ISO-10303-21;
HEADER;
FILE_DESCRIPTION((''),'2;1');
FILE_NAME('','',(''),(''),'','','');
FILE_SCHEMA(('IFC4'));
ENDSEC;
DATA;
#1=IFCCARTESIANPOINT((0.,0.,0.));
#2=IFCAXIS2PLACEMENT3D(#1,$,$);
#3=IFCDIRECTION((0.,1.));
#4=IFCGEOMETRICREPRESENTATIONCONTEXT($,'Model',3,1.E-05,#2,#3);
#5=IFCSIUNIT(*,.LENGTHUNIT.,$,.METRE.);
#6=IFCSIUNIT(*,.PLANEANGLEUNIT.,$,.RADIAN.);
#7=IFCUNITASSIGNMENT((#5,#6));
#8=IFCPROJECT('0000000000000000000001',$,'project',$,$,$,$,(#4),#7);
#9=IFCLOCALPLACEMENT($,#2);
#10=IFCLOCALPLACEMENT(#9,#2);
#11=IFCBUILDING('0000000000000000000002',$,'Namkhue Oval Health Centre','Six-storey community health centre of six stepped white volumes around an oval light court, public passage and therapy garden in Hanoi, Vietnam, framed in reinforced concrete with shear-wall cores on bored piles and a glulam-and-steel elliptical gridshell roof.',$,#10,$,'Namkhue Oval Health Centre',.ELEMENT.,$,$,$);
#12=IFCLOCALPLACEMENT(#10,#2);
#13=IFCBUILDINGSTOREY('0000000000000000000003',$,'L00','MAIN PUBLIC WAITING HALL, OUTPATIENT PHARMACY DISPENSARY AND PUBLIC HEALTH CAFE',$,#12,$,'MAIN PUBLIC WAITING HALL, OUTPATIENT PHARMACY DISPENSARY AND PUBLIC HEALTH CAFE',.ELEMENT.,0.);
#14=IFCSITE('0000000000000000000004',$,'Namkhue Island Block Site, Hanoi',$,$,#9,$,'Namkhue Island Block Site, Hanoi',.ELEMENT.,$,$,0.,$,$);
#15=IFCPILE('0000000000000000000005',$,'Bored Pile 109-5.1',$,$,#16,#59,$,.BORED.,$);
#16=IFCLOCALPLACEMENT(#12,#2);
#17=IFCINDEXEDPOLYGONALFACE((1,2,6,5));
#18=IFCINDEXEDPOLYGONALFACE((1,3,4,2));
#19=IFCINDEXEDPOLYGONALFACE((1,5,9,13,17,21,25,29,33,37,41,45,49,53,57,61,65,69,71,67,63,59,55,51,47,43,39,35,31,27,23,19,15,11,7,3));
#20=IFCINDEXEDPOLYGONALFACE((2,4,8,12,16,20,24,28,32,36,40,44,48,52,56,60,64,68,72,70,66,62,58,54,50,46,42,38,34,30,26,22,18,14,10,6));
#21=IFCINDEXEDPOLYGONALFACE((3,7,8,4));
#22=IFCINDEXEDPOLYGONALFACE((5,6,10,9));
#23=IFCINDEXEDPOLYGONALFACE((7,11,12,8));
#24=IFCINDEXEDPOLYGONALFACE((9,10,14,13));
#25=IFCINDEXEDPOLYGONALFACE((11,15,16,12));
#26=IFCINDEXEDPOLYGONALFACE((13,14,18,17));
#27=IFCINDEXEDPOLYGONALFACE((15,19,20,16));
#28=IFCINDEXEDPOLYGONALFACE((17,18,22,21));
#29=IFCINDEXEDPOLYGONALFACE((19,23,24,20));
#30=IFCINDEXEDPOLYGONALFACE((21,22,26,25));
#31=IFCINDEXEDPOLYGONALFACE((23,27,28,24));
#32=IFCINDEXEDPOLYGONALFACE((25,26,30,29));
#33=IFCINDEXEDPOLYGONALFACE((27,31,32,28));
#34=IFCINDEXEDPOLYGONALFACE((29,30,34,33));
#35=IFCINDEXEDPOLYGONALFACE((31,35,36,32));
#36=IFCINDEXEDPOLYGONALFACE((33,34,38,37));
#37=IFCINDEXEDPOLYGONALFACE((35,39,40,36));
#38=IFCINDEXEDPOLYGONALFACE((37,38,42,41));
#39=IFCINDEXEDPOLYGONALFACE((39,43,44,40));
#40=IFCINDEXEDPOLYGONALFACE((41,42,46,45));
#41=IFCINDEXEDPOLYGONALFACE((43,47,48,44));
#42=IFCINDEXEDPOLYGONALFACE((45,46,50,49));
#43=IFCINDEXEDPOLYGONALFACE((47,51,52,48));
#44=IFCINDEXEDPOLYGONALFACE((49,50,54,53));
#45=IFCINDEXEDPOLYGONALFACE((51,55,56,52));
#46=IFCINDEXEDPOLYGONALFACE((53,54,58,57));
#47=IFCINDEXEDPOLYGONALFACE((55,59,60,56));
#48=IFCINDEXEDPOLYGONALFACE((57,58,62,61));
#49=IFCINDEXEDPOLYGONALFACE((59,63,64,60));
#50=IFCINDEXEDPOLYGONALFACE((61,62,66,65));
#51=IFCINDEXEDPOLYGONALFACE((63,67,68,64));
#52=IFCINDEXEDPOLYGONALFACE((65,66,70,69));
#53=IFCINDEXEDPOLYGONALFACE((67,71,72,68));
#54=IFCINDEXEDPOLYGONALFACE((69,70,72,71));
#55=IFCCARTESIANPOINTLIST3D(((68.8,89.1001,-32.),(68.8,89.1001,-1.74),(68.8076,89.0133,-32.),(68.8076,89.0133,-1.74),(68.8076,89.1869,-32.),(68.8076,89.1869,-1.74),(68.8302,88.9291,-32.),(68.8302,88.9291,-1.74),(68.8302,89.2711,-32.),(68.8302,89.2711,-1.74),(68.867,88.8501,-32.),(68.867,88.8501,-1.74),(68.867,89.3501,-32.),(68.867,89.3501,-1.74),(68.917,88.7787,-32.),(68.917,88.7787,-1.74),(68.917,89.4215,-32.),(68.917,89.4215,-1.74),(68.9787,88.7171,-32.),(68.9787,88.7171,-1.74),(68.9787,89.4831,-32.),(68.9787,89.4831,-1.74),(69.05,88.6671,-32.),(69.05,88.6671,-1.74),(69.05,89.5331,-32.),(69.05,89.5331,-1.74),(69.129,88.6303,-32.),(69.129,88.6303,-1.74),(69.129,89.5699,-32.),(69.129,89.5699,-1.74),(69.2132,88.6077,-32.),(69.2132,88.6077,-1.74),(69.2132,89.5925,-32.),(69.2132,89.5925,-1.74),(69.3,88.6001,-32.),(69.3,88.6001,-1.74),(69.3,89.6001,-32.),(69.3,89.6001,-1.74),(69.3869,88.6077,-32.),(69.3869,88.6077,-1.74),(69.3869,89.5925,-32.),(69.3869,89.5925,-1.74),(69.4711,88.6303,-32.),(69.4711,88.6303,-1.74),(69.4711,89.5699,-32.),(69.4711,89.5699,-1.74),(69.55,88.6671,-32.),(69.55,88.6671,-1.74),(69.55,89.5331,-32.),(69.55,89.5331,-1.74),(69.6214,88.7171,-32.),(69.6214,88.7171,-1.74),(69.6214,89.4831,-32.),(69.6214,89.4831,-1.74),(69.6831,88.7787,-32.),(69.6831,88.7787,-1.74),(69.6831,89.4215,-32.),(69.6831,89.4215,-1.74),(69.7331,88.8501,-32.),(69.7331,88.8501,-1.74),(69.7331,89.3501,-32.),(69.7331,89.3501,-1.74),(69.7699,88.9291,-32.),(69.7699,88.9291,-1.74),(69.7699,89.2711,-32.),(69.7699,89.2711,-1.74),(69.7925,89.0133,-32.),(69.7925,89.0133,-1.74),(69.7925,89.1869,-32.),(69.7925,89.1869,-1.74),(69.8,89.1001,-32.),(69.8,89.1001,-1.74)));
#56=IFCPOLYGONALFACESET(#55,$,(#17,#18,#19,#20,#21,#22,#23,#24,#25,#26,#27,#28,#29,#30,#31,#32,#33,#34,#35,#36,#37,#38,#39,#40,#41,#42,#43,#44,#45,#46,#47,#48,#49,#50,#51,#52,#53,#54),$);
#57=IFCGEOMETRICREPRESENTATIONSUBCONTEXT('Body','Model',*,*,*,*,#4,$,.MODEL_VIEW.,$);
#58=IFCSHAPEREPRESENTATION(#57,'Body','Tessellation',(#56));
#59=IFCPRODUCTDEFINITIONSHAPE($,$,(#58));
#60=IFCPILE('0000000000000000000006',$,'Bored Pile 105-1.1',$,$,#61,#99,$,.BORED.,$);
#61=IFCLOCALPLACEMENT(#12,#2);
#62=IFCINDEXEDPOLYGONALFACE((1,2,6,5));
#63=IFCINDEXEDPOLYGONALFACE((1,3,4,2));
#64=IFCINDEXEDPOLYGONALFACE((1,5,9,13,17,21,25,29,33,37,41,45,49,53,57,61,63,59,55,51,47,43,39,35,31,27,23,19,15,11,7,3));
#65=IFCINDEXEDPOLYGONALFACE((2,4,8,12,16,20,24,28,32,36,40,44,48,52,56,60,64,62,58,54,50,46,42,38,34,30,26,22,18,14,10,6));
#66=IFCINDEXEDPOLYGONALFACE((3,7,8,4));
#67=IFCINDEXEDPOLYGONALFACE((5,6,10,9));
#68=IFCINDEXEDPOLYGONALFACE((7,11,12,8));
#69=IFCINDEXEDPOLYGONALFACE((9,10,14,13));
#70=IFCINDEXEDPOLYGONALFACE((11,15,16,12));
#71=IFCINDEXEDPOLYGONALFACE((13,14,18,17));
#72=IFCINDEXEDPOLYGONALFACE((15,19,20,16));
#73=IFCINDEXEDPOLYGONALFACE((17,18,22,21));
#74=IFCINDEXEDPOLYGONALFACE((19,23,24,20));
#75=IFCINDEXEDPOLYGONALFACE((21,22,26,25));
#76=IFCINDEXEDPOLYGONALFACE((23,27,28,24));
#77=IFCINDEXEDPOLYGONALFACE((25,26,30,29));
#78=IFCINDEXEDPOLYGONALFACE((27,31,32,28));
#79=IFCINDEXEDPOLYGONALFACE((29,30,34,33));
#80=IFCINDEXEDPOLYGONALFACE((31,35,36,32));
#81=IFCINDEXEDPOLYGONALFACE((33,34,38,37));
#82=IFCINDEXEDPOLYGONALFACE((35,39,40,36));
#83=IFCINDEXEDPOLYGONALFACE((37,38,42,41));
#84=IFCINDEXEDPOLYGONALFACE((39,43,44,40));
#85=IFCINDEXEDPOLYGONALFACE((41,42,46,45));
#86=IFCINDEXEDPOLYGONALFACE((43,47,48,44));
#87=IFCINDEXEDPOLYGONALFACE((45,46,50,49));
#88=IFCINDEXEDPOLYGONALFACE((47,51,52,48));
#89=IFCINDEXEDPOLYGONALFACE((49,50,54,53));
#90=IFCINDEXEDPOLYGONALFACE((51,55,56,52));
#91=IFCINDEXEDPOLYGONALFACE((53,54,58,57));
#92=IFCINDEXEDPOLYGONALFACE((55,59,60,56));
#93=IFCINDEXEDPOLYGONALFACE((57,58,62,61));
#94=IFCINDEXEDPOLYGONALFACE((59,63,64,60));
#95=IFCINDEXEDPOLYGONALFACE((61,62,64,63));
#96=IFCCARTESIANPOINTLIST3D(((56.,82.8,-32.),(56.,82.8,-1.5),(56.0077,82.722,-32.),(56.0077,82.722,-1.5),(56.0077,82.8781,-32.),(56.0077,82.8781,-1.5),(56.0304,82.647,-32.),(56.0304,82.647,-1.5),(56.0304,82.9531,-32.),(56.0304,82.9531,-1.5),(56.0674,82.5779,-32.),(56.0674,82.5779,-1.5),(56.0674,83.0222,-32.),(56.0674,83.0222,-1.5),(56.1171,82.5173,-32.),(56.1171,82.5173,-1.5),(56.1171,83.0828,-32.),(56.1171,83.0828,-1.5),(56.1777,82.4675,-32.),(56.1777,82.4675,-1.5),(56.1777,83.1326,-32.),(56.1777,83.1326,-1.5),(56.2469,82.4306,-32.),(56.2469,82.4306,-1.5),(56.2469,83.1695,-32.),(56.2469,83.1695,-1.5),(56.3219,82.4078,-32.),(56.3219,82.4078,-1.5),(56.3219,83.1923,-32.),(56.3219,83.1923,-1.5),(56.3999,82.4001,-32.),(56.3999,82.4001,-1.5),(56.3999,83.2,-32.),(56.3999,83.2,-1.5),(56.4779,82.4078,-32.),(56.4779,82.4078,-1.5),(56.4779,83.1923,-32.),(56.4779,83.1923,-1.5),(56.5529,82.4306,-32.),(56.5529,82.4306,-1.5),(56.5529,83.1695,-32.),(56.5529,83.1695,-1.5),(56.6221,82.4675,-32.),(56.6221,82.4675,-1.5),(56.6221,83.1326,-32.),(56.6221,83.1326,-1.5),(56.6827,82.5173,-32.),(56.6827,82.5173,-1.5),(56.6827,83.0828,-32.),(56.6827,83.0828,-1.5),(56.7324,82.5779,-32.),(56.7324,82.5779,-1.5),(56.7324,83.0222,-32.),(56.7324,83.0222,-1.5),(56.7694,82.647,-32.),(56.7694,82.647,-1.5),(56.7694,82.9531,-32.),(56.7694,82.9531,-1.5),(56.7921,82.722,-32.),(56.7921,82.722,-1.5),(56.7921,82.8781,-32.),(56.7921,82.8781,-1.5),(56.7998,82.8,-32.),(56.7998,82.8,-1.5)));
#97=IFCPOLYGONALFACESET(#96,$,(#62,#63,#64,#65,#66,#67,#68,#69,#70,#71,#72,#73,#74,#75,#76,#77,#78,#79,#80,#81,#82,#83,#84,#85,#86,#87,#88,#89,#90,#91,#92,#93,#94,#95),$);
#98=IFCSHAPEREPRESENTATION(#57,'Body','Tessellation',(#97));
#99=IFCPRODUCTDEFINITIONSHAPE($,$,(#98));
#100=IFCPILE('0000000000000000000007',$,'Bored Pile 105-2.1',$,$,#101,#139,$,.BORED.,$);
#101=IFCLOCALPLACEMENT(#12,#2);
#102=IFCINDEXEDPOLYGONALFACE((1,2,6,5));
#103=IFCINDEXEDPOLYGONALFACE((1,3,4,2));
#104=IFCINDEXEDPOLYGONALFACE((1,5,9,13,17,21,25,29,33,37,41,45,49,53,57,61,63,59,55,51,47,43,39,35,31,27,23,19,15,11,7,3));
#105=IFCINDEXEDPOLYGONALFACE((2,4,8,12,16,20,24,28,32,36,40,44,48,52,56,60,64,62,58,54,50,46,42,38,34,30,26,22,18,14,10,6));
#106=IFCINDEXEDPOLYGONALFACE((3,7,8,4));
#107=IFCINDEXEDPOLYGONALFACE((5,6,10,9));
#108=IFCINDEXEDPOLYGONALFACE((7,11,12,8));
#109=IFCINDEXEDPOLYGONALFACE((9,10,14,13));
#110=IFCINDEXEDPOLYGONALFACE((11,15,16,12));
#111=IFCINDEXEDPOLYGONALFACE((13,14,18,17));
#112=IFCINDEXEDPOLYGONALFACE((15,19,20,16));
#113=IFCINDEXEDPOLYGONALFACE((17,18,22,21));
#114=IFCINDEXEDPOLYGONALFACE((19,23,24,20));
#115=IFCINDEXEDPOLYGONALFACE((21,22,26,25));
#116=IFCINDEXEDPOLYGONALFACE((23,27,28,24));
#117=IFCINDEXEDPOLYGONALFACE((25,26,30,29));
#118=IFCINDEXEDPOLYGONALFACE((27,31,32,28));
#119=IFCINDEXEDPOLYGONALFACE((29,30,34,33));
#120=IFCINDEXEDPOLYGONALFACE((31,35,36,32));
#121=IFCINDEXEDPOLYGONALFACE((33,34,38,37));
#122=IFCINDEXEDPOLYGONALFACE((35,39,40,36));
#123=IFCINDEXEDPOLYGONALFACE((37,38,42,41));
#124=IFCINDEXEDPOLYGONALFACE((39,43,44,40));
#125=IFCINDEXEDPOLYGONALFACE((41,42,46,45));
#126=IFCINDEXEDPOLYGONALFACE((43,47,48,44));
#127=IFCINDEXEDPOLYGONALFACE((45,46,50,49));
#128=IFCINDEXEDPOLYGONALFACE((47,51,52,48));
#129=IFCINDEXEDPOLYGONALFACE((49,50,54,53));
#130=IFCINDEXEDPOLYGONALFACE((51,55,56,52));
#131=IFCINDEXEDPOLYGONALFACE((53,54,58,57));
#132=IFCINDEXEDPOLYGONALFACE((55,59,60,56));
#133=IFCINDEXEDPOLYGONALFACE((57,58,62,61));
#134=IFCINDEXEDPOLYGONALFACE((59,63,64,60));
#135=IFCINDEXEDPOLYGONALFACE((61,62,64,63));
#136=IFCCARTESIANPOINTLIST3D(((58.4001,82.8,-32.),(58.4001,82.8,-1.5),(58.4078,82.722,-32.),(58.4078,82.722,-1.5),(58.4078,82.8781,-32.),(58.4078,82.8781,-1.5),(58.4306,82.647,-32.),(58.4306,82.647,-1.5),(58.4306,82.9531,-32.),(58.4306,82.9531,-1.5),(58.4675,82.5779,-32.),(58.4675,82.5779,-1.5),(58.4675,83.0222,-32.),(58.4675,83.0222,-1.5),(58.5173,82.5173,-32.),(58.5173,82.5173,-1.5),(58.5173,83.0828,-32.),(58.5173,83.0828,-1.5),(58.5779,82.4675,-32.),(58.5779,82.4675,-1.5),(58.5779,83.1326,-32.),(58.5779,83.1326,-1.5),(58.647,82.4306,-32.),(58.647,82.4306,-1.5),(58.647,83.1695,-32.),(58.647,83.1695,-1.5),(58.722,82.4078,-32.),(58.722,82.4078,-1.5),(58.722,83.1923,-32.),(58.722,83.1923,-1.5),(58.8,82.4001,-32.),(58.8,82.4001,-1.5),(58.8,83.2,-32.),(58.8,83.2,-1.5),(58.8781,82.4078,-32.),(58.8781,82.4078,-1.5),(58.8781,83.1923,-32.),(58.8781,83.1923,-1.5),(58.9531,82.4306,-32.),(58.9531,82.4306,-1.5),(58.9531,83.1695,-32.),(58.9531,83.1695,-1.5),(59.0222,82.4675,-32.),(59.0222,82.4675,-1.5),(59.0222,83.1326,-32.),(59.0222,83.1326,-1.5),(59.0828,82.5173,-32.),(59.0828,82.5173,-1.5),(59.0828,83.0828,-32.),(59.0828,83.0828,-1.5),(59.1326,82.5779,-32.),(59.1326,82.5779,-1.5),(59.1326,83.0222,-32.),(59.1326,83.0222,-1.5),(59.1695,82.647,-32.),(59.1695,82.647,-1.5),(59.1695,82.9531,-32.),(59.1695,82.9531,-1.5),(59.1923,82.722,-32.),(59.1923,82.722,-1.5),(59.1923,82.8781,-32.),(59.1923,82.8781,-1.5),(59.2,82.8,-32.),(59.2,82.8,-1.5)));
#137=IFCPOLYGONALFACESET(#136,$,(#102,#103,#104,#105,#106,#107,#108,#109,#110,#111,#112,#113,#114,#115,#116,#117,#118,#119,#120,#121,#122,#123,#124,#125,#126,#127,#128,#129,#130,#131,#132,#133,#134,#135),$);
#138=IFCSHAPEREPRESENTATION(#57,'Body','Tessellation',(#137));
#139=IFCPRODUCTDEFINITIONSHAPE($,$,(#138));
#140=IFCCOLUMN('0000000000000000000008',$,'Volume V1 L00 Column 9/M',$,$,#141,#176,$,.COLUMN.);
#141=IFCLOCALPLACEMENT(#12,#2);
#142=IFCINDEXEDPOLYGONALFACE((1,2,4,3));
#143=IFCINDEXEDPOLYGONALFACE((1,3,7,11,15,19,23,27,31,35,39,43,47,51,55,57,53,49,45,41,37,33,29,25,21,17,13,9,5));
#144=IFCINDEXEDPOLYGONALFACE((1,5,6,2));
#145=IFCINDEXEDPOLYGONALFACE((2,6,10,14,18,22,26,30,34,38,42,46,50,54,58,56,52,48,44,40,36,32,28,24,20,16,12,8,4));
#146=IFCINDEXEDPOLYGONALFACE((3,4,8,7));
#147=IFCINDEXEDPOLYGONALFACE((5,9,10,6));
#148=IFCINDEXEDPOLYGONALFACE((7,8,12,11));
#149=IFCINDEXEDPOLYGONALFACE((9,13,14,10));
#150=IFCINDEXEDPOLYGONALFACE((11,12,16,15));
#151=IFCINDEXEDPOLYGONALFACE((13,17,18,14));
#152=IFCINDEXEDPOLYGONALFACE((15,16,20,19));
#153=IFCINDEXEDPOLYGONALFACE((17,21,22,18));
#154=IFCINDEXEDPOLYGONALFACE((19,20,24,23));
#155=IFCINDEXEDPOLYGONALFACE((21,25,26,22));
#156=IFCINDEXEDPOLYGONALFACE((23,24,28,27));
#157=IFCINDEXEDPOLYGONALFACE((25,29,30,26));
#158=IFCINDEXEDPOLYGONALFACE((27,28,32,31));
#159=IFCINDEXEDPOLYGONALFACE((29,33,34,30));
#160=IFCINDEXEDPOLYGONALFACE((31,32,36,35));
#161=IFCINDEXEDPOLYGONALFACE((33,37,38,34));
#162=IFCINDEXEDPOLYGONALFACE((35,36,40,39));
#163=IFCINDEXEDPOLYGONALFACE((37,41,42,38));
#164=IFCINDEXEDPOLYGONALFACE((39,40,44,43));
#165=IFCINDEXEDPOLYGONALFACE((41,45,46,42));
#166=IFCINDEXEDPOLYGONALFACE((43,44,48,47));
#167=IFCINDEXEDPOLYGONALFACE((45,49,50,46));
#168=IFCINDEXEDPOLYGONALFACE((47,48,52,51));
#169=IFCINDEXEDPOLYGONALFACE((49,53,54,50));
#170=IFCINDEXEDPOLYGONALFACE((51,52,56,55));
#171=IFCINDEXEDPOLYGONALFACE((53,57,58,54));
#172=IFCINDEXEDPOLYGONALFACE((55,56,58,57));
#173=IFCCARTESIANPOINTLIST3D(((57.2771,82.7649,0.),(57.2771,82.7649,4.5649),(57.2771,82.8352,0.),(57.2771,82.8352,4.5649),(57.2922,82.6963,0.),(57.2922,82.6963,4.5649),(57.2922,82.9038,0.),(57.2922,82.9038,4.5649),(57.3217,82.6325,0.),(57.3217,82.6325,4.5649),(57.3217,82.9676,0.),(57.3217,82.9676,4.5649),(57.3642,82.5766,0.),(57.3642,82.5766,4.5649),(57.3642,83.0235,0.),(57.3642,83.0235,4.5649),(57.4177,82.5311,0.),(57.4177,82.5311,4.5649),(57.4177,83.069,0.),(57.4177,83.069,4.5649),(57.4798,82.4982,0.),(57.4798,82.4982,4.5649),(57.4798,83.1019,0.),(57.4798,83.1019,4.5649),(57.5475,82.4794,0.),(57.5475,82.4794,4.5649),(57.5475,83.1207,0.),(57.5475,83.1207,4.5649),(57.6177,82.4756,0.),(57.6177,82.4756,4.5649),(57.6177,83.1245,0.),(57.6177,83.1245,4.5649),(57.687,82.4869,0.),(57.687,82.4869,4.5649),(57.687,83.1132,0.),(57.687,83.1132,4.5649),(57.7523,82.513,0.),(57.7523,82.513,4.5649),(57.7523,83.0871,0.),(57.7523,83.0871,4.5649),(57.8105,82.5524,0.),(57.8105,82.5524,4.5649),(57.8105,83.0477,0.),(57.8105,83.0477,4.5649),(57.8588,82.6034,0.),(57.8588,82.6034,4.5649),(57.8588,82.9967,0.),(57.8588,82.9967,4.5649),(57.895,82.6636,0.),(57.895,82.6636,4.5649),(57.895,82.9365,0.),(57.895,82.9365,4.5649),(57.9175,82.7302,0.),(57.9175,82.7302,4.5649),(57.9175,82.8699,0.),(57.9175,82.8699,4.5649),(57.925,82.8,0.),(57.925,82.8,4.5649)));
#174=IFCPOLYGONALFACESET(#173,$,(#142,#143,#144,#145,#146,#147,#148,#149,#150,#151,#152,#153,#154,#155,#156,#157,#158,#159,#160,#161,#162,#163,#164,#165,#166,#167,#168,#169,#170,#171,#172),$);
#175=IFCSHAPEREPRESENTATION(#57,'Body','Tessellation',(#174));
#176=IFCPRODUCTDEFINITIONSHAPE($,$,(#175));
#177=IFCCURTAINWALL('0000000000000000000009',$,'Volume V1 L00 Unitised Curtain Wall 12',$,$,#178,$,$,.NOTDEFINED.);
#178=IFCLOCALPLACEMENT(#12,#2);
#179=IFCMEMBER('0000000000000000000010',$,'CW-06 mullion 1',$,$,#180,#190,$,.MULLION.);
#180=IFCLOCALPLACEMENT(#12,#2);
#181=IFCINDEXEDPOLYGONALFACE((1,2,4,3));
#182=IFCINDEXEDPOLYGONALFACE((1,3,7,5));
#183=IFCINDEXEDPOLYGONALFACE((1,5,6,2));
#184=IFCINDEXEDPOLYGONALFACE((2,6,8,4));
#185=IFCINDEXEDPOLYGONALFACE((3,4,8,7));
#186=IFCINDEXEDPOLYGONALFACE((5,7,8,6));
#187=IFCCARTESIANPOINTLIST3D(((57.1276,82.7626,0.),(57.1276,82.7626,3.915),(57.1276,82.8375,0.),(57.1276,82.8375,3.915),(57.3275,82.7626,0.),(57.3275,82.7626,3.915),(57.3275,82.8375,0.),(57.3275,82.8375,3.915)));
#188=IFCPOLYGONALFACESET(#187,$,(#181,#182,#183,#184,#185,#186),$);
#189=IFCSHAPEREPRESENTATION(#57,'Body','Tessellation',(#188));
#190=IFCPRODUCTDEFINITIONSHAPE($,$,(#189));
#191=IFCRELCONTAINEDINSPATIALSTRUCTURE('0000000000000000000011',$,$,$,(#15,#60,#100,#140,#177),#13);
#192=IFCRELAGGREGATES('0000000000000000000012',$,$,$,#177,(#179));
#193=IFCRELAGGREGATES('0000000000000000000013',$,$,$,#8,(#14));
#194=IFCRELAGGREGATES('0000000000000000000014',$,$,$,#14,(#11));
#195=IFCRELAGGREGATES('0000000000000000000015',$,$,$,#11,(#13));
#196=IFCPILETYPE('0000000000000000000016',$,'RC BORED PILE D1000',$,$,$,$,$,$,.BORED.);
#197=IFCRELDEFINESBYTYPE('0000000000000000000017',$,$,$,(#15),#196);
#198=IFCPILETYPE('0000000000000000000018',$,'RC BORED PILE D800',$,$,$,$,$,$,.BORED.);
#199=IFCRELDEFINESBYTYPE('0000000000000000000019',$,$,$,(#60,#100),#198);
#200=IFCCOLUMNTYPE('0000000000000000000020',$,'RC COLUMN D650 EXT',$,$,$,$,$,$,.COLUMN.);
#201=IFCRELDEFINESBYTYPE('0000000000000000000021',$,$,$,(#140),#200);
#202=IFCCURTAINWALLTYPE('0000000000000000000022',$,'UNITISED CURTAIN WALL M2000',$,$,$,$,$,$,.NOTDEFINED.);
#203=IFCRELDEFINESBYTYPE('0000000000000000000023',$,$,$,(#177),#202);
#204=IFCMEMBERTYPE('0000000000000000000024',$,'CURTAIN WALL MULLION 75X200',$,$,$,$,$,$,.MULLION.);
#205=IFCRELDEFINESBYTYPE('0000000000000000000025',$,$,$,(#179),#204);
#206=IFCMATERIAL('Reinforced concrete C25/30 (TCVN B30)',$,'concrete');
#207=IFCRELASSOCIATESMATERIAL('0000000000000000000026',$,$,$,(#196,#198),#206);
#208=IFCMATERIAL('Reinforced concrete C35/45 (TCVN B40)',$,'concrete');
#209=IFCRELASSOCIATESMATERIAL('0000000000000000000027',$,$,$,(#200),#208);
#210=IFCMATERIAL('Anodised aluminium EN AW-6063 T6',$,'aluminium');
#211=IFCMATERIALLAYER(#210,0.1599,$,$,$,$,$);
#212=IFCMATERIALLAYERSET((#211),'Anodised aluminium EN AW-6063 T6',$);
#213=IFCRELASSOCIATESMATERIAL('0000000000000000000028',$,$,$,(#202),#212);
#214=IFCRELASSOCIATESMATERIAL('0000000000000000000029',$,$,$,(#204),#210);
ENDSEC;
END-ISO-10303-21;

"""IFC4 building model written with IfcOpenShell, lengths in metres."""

from ifc_helpers import new_model, si_unit, direction, frame, origin, origin_2d, place, context, subcontext, project, spatial, rectangle, circle, extrude, material, layer, layer_set, material_profile, profile_set, type_object, element, aggregate, save


model = new_model("IFC4")

# Units and contexts
model_context = context("Model", 3, precision=1e-05, world=origin(), true_north=direction((0.0, 1.0)))
body_context = subcontext(model_context, "Body", "Model", "MODEL_VIEW")
ifc_project = project(units=[si_unit("LENGTHUNIT", "METRE"), si_unit("PLANEANGLEUNIT", "RADIAN")], contexts=[model_context])

# Site, building, storey
site_placement = place(None, origin())
site = spatial("IfcSite", under=ifc_project, at=site_placement, Name="Namkhue Island Block Site, Hanoi", LongName="Namkhue Island Block Site, Hanoi", CompositionType="ELEMENT", RefElevation=0.0)
building_placement = place(site_placement, origin())
building = spatial("IfcBuilding", under=site, at=building_placement, Name="Namkhue Oval Health Centre", Description="Six-storey community health centre of six stepped white volumes around an oval light court, public passage and therapy garden in Hanoi, Vietnam, framed in reinforced concrete with shear-wall cores on bored piles and a glulam-and-steel elliptical gridshell roof.", LongName="Namkhue Oval Health Centre", CompositionType="ELEMENT")
storey_placement = place(building_placement, origin())
storey = spatial("IfcBuildingStorey", under=building, at=storey_placement, Name="L00", Description="MAIN PUBLIC WAITING HALL, OUTPATIENT PHARMACY DISPENSARY AND PUBLIC HEALTH CAFE", LongName="MAIN PUBLIC WAITING HALL, OUTPATIENT PHARMACY DISPENSARY AND PUBLIC HEALTH CAFE", CompositionType="ELEMENT", Elevation=0.0)

# Piles
ifc_material_1 = material(Name="Reinforced concrete C25/30 (TCVN B30)", Category="concrete")
ifc_material_profile_1 = material_profile(ifc_material_1, circle(Radius=0.5, at=origin_2d()), Name="BORED PILE D1000")
ifc_profile_set_1 = profile_set([ifc_material_profile_1], Name="Reinforced concrete C25/30 (TCVN B30)")
pile_type_1 = type_object("IfcPileType", Name="RC BORED PILE D1000", PredefinedType="BORED", material=ifc_profile_set_1)
for number, where, z_axis, x_axis, name in (
    (1, (69.3, 89.1001, -1.74), (0.0, 0.0, -1.0), (1.0, 0.0, 0.0), "Bored Pile 109-5.1"),
):
    element("IfcPile", number, at=place(storey_placement, frame(where, z_axis=z_axis, x_axis=x_axis)), inside=storey, type_object=pile_type_1, Name=name, PredefinedType="BORED", context=body_context, shape_type="SweptSolid", body=[
        extrude(circle(Radius=0.5, at=origin_2d()), origin(), (0.0, 0.0, 1.0), 30.26),
    ])
ifc_material_profile_2 = material_profile(ifc_material_1, circle(Radius=0.3999, at=origin_2d()), Name="BORED PILE D800")
ifc_profile_set_2 = profile_set([ifc_material_profile_2], Name="Reinforced concrete C25/30 (TCVN B30)")
pile_type_2 = type_object("IfcPileType", Name="RC BORED PILE D800", PredefinedType="BORED", material=ifc_profile_set_2)
for number, where, z_axis, x_axis, name in (
    (2, (56.3999, 82.8, -1.5), (0.0, 0.0, -1.0), (1.0, 0.0, 0.0), "Bored Pile 105-1.1"),
    (3, (58.8, 82.8, -1.5), (0.0, 0.0, -1.0), (1.0, 0.0, 0.0), "Bored Pile 105-2.1"),
):
    element("IfcPile", number, at=place(storey_placement, frame(where, z_axis=z_axis, x_axis=x_axis)), inside=storey, type_object=pile_type_2, Name=name, PredefinedType="BORED", context=body_context, shape_type="SweptSolid", body=[
        extrude(circle(Radius=0.3999, at=origin_2d()), origin(), (0.0, 0.0, 1.0), 30.5),
    ])

# Column
ifc_material_2 = material(Name="Reinforced concrete C35/45 (TCVN B40)", Category="concrete")
ifc_material_profile_3 = material_profile(ifc_material_2, circle(Radius=0.325, at=origin_2d()), Name="RC D650")
ifc_profile_set_3 = profile_set([ifc_material_profile_3], Name="Reinforced concrete C35/45 (TCVN B40)")
column_type = type_object("IfcColumnType", Name="RC COLUMN D650 EXT", PredefinedType="COLUMN", material=ifc_profile_set_3)
column_placement = place(storey_placement, frame((57.6001, 82.8, 0.0), z_axis=(0.0, 0.0, 1.0), x_axis=(1.0, 0.0, 0.0)))
element("IfcColumn", 4, at=column_placement, inside=storey, type_object=column_type, Name="Volume V1 L00 Column 9/M", PredefinedType="COLUMN", context=body_context, shape_type="SweptSolid", body=[
    extrude(circle(Radius=0.325, at=origin_2d()), origin(), (0.0, 0.0, 1.0), 4.5649),
])

# Curtain wall, member
ifc_material_3 = material(Name="Anodised aluminium EN AW-6063 T6", Category="aluminium")
ifc_layer_1 = layer(ifc_material_3, 0.1599)
ifc_layer_set_1 = layer_set([ifc_layer_1], Name="Anodised aluminium EN AW-6063 T6")
curtain_wall_type = type_object("IfcCurtainWallType", Name="UNITISED CURTAIN WALL M2000", PredefinedType="NOTDEFINED", material=ifc_layer_set_1)
curtain_wall_placement = place(storey_placement, origin())
curtain_wall = element("IfcCurtainWall", 5, at=curtain_wall_placement, inside=storey, type_object=curtain_wall_type, Name="Volume V1 L00 Unitised Curtain Wall 12", PredefinedType="NOTDEFINED")
ifc_material_profile_4 = material_profile(ifc_material_3, rectangle(XDim=0.075, YDim=0.2, at=origin_2d()), Name="ALU 75x200")
ifc_profile_set_4 = profile_set([ifc_material_profile_4], Name="Anodised aluminium EN AW-6063 T6")
member_type_1 = type_object("IfcMemberType", Name="CURTAIN WALL MULLION 75X200", PredefinedType="MULLION", material=ifc_profile_set_4)
member_1_placement = place(storey_placement, frame((57.2275, 82.8, 0.0), z_axis=(0.0, 0.0, 1.0), x_axis=(0.0, -1.0, 0.0)))
member_1 = element("IfcMember", 6, at=member_1_placement, type_object=member_type_1, Name="CW-06 mullion 1", PredefinedType="MULLION", context=body_context, shape_type="SweptSolid", body=[
    extrude(rectangle(XDim=0.075, YDim=0.2, at=origin_2d()), origin(), (0.0, 0.0, 1.0), 3.915),
])
aggregate(curtain_wall, [member_1])

save(model, "model.ifc")
